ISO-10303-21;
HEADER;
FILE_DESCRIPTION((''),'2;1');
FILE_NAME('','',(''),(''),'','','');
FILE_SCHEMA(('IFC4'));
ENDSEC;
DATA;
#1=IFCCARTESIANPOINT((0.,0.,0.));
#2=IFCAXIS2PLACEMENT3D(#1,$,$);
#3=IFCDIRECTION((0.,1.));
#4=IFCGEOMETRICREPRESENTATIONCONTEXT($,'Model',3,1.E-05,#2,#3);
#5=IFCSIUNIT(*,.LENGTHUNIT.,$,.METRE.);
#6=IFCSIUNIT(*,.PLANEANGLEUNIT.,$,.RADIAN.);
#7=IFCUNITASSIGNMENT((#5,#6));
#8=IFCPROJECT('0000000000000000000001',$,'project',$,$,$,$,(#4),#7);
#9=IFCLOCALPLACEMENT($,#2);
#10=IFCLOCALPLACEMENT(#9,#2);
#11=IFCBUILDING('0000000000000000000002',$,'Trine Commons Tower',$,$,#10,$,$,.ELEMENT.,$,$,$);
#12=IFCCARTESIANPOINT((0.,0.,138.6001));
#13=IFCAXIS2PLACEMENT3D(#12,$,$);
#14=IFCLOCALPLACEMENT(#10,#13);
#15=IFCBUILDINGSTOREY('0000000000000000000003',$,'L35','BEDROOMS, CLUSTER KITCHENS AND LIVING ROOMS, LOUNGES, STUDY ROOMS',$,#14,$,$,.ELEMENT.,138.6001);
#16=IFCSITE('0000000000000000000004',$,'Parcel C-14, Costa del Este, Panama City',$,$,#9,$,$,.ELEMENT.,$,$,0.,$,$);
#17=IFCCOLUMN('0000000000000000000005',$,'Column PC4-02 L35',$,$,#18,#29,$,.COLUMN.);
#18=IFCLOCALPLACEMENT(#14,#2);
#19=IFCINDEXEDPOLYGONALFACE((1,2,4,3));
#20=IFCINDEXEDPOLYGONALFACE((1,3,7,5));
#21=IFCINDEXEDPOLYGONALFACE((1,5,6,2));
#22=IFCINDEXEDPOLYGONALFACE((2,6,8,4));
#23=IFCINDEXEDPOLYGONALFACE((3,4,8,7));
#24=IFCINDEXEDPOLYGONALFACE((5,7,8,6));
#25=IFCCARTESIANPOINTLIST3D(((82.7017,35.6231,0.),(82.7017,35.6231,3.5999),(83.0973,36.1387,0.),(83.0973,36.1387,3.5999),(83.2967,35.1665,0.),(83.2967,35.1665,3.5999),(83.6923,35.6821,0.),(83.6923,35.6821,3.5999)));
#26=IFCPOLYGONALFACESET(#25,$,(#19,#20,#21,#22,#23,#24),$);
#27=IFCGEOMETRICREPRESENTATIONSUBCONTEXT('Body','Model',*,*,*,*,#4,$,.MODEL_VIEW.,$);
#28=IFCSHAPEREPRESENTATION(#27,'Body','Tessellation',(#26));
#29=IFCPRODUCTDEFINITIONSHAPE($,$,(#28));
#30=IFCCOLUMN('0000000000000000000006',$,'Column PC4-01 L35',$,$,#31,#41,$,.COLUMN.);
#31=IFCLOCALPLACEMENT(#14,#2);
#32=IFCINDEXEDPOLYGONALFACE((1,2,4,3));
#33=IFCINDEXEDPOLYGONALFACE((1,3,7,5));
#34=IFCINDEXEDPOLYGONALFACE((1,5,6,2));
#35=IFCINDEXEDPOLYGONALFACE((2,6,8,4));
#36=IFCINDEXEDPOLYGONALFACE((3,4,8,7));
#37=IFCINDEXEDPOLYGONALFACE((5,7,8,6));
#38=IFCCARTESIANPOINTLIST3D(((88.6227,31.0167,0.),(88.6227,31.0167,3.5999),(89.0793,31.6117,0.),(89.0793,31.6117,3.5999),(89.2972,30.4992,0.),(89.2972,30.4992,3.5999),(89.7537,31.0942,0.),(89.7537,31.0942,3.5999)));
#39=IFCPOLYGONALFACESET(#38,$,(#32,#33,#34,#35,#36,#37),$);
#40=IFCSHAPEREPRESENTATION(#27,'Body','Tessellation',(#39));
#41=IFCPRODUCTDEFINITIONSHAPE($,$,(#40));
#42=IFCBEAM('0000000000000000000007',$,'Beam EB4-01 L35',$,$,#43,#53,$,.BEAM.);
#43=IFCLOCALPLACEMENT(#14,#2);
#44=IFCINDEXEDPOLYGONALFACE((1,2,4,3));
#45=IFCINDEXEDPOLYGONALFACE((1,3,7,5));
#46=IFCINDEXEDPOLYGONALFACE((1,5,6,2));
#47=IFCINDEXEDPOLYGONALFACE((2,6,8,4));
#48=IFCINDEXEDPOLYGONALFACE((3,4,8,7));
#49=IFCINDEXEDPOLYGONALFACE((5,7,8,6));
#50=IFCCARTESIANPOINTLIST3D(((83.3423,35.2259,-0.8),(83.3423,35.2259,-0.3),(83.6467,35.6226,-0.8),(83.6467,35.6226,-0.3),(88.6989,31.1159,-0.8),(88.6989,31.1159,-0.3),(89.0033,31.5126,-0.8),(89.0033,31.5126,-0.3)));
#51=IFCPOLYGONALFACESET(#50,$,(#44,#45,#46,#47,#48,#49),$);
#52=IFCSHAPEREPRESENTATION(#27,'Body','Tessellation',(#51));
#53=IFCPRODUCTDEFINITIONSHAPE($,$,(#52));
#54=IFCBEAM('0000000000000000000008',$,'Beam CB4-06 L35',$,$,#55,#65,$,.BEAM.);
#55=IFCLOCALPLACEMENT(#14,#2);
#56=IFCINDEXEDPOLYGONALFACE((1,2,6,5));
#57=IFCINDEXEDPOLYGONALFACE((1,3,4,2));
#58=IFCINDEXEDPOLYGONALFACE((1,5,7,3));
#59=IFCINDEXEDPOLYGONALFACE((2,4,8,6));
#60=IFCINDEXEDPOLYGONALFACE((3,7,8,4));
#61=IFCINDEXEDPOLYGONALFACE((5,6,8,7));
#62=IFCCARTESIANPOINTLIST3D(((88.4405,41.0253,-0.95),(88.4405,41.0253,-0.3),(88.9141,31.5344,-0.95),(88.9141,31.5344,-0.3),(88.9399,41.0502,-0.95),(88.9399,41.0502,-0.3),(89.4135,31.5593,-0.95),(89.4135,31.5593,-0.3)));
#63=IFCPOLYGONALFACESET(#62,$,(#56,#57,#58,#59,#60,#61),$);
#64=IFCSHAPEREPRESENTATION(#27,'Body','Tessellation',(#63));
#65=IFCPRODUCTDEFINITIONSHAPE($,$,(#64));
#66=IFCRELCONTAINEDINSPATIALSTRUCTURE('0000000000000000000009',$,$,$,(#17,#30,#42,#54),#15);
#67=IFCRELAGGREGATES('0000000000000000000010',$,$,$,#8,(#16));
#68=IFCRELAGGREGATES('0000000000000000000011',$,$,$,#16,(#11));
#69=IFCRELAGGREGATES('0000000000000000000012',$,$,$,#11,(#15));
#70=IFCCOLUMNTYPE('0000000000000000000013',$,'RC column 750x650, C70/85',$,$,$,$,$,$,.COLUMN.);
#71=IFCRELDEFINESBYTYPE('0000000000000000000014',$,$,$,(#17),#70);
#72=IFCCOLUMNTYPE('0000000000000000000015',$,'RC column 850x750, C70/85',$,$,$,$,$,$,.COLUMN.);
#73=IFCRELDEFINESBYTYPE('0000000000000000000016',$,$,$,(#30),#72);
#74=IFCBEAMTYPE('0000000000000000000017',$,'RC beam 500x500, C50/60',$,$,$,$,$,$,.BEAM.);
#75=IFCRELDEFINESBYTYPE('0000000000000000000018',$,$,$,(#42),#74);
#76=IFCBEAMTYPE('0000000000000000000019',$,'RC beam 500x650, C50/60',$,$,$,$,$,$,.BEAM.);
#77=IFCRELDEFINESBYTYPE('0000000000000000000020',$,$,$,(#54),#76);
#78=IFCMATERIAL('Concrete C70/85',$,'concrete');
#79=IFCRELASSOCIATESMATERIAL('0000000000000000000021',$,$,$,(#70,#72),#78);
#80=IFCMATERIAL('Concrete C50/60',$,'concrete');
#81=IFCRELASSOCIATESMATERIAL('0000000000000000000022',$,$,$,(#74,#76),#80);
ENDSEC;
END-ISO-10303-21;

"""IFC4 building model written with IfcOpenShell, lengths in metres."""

from ifc_helpers import new_model, si_unit, direction, frame, origin, origin_2d, place, context, subcontext, project, spatial, rectangle, extrude, material, material_profile, profile_set, type_object, element, save


model = new_model("IFC4")

# Units and contexts
model_context = context("Model", 3, precision=1e-05, world=origin(), true_north=direction((0.0, 1.0)))
body_context = subcontext(model_context, "Body", "Model", "MODEL_VIEW")
ifc_project = project(units=[si_unit("LENGTHUNIT", "METRE"), si_unit("PLANEANGLEUNIT", "RADIAN")], contexts=[model_context])

# Site, building, storey
site_placement = place(None, origin())
site = spatial("IfcSite", under=ifc_project, at=site_placement, Name="Parcel C-14, Costa del Este, Panama City", CompositionType="ELEMENT", RefElevation=0.0)
building_placement = place(site_placement, origin())
building = spatial("IfcBuilding", under=site, at=building_placement, Name="Trine Commons Tower", CompositionType="ELEMENT")
storey_placement = place(building_placement, frame((0.0, 0.0, 138.6001)))
storey = spatial("IfcBuildingStorey", under=building, at=storey_placement, Name="L35", Description="BEDROOMS, CLUSTER KITCHENS AND LIVING ROOMS, LOUNGES, STUDY ROOMS", CompositionType="ELEMENT", Elevation=138.6001)

# Columns
ifc_material_1 = material(Name="Concrete C70/85", Category="concrete")
ifc_material_profile_1 = material_profile(ifc_material_1, rectangle(XDim=0.75, YDim=0.6499, at=origin_2d()), Name="RC 750x650")
ifc_profile_set_1 = profile_set([ifc_material_profile_1], Name="Concrete C70/85")
column_type_1 = type_object("IfcColumnType", Name="RC column 750x650, C70/85", PredefinedType="COLUMN", material=ifc_profile_set_1)
column_1_placement = place(storey_placement, frame((83.197, 35.6526, 0.0), z_axis=(0.0, 0.0, 1.0), x_axis=(-0.793353, 0.608761, 0.0)))
element("IfcColumn", 1, at=column_1_placement, inside=storey, type_object=column_type_1, Name="Column PC4-02 L35", PredefinedType="COLUMN", context=body_context, shape_type="SweptSolid", body=[
    extrude(rectangle(XDim=0.75, YDim=0.6499, at=origin_2d()), origin(), (0.0, 0.0, 1.0), 3.5999),
])
ifc_material_profile_2 = material_profile(ifc_material_1, rectangle(XDim=0.8501, YDim=0.75, at=origin_2d()), Name="RC 850x750")
ifc_profile_set_2 = profile_set([ifc_material_profile_2], Name="Concrete C70/85")
column_type_2 = type_object("IfcColumnType", Name="RC column 850x750, C70/85", PredefinedType="COLUMN", material=ifc_profile_set_2)
column_2_placement = place(storey_placement, frame((89.1882, 31.0554, 0.0), z_axis=(0.0, 0.0, 1.0), x_axis=(-0.793353, 0.608761, 0.0)))
element("IfcColumn", 2, at=column_2_placement, inside=storey, type_object=column_type_2, Name="Column PC4-01 L35", PredefinedType="COLUMN", context=body_context, shape_type="SweptSolid", body=[
    extrude(rectangle(XDim=0.8501, YDim=0.75, at=origin_2d()), origin(), (0.0, 0.0, 1.0), 3.5999),
])

# Beams
ifc_material_2 = material(Name="Concrete C50/60", Category="concrete")
ifc_material_profile_3 = material_profile(ifc_material_2, rectangle(XDim=0.5, YDim=0.5, at=origin_2d()), Name="RC 500x500")
ifc_profile_set_3 = profile_set([ifc_material_profile_3], Name="Concrete C50/60")
beam_type_1 = type_object("IfcBeamType", Name="RC beam 500x500, C50/60", PredefinedType="BEAM", material=ifc_profile_set_3)
beam_1_placement = place(storey_placement, frame((88.8511, 31.3142, -0.55), z_axis=(-0.793369, 0.60874, 0.0), x_axis=(-0.60874, -0.793369, 0.0)))
element("IfcBeam", 3, at=beam_1_placement, inside=storey, type_object=beam_type_1, Name="Beam EB4-01 L35", PredefinedType="BEAM", context=body_context, shape_type="SweptSolid", body=[
    extrude(rectangle(XDim=0.5, YDim=0.5, at=origin_2d()), origin(), (0.0, 0.0, 1.0), 6.7517),
])
ifc_material_profile_4 = material_profile(ifc_material_2, rectangle(XDim=0.5, YDim=0.6499, at=origin_2d()), Name="RC 500x650")
ifc_profile_set_4 = profile_set([ifc_material_profile_4], Name="Concrete C50/60")
beam_type_2 = type_object("IfcBeamType", Name="RC beam 500x650, C50/60", PredefinedType="BEAM", material=ifc_profile_set_4)
beam_2_placement = place(storey_placement, frame((89.1638, 31.5469, -0.625), z_axis=(-0.049842, 0.998757, 0.0), x_axis=(-0.998757, -0.049842, 0.0)))
element("IfcBeam", 4, at=beam_2_placement, inside=storey, type_object=beam_type_2, Name="Beam CB4-06 L35", PredefinedType="BEAM", context=body_context, shape_type="SweptSolid", body=[
    extrude(rectangle(XDim=0.5, YDim=0.6499, at=origin_2d()), origin(), (0.0, 0.0, 1.0), 9.5027),
])

save(model, "model.ifc")
